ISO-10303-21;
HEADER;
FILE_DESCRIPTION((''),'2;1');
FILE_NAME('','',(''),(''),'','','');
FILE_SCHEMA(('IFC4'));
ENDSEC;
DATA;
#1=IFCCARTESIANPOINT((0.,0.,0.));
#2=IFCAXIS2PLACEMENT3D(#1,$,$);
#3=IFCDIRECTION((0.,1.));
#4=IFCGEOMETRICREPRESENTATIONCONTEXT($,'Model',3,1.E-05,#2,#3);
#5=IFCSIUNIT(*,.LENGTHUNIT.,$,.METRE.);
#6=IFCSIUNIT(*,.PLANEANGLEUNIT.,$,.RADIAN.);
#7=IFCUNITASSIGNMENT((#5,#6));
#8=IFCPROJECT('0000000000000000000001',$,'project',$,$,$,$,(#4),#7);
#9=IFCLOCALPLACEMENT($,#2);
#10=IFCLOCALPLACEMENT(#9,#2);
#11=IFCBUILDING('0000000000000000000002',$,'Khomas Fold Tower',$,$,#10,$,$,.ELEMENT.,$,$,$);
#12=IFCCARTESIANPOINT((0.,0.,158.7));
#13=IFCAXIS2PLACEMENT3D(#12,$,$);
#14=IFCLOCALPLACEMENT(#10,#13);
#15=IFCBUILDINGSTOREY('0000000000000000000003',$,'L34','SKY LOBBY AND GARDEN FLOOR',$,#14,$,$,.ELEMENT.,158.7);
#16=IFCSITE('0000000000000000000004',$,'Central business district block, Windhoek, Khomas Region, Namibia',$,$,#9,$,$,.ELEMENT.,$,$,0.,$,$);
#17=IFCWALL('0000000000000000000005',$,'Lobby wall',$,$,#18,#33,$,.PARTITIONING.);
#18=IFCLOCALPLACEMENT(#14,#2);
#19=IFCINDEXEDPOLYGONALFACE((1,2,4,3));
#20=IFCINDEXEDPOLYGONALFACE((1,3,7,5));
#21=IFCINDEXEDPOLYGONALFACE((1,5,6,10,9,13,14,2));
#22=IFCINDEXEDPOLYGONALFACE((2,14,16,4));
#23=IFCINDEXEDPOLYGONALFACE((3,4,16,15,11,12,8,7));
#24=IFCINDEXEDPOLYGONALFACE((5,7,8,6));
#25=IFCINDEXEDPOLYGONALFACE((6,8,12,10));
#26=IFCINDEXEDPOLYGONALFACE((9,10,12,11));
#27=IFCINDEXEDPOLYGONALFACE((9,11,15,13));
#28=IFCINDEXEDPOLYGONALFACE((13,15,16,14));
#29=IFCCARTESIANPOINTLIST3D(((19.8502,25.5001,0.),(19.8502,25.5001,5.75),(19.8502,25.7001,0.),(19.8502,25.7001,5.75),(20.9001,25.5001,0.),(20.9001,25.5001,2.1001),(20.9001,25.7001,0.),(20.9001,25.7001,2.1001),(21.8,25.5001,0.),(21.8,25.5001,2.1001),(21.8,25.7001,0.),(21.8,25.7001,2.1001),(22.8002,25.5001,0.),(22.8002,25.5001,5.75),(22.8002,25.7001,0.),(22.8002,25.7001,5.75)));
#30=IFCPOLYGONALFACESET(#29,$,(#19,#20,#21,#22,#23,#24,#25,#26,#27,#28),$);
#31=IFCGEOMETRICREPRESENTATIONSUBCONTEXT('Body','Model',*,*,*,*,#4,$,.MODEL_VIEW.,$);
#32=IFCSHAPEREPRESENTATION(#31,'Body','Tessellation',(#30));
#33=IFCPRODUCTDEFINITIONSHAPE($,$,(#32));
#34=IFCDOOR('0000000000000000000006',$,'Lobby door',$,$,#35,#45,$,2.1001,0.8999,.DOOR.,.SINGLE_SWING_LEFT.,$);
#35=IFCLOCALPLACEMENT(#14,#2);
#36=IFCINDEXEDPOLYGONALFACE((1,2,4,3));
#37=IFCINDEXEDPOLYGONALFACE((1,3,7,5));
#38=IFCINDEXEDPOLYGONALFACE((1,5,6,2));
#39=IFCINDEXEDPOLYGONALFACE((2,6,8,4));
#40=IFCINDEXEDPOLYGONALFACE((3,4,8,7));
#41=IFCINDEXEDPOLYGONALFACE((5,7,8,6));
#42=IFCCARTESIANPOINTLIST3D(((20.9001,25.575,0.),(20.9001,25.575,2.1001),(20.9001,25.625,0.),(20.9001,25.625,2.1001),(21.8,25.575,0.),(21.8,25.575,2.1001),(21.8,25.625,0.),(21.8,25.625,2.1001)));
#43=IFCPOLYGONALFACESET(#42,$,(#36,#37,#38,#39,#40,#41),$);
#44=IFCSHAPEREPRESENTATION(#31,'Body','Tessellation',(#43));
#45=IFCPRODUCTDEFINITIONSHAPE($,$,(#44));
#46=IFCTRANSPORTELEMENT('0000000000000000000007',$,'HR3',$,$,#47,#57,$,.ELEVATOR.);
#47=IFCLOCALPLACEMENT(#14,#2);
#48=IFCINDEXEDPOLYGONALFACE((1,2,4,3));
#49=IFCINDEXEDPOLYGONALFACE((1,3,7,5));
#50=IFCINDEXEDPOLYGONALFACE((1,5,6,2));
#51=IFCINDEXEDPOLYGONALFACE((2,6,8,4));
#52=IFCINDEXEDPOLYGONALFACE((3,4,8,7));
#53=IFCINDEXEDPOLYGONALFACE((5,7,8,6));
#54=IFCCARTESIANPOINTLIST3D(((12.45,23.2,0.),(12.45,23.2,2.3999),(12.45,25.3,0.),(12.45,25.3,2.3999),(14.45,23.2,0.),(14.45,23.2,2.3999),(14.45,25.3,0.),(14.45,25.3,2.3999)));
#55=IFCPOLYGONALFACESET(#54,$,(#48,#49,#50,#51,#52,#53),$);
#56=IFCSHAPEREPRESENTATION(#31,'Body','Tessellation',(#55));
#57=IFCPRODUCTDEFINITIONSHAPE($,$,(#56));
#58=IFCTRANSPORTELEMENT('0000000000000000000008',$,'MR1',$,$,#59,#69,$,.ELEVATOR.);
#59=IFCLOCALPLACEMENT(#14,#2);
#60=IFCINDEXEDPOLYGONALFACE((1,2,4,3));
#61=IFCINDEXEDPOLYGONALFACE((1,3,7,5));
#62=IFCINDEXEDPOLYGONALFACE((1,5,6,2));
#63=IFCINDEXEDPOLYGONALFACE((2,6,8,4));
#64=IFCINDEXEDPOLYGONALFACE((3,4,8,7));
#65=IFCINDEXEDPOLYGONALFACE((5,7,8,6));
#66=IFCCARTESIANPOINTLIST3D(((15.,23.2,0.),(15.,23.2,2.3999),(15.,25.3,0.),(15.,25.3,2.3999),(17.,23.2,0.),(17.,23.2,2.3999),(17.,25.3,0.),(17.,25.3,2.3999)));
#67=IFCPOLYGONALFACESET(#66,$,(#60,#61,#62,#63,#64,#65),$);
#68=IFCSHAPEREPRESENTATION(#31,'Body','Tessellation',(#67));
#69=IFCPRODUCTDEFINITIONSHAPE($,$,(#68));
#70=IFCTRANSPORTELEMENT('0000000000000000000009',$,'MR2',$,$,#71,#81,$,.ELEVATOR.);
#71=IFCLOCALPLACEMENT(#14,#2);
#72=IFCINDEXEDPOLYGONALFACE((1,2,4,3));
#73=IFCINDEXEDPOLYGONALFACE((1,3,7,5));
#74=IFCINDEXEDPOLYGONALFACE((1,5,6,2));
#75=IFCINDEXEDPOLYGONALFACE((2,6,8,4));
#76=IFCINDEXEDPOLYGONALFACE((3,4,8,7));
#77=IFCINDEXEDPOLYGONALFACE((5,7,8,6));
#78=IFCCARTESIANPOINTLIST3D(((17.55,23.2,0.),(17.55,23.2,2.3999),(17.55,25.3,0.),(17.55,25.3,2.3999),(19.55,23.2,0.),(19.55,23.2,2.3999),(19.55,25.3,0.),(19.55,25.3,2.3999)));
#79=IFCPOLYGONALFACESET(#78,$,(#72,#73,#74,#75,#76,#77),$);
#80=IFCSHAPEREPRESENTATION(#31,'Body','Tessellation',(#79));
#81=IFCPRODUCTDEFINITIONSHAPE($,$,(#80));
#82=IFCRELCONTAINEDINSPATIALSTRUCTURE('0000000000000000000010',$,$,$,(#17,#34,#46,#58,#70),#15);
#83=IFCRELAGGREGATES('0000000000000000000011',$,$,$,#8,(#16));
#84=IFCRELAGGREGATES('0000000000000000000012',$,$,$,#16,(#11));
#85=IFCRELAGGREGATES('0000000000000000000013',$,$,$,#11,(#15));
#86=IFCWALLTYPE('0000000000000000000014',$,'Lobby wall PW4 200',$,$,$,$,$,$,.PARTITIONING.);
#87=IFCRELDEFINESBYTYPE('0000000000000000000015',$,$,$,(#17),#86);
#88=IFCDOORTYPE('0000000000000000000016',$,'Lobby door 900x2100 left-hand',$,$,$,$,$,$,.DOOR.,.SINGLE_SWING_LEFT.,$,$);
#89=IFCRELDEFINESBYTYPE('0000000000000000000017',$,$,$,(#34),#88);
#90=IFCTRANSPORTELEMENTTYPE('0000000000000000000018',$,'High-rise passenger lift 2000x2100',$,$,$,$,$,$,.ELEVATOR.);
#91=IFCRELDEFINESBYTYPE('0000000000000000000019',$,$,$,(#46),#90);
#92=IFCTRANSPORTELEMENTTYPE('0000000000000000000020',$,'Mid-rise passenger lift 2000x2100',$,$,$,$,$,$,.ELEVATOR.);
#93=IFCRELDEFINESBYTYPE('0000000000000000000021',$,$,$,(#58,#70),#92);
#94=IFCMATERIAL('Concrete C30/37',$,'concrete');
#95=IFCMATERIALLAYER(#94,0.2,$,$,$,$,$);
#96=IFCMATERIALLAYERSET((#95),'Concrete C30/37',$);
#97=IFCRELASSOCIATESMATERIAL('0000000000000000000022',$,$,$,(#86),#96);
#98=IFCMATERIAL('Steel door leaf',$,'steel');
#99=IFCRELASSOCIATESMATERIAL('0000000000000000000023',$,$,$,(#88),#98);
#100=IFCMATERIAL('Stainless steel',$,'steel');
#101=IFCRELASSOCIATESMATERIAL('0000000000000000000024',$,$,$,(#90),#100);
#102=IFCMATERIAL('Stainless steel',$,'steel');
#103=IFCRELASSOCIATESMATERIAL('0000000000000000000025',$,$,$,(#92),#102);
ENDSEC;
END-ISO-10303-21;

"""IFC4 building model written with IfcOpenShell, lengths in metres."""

from ifc_helpers import new_model, si_unit, direction, frame, frame_2d, origin, origin_2d, place, context, subcontext, project, spatial, rectangle, extrude, source, transform, mapped, material, layer, layer_set, type_object, element, fill, save


model = new_model("IFC4")

# Units and contexts
model_context = context("Model", 3, precision=1e-05, world=origin(), true_north=direction((0.0, 1.0)))
body_context = subcontext(model_context, "Body", "Model", "MODEL_VIEW")
ifc_project = project(units=[si_unit("LENGTHUNIT", "METRE"), si_unit("PLANEANGLEUNIT", "RADIAN")], contexts=[model_context])

# Site, building, storey
site_placement = place(None, origin())
site = spatial("IfcSite", under=ifc_project, at=site_placement, Name="Central business district block, Windhoek, Khomas Region, Namibia", CompositionType="ELEMENT", RefElevation=0.0)
building_placement = place(site_placement, origin())
building = spatial("IfcBuilding", under=site, at=building_placement, Name="Khomas Fold Tower", CompositionType="ELEMENT")
storey_placement = place(building_placement, frame((0.0, 0.0, 158.7)))
storey = spatial("IfcBuildingStorey", under=building, at=storey_placement, Name="L34", Description="SKY LOBBY AND GARDEN FLOOR", CompositionType="ELEMENT", Elevation=158.7)

# Wall, opening, door
ifc_material_1 = material(Name="Concrete C30/37", Category="concrete")
ifc_layer_1 = layer(ifc_material_1, 0.2)
ifc_layer_set_1 = layer_set([ifc_layer_1], Name="Concrete C30/37")
wall_type_1 = type_object("IfcWallType", Name="Lobby wall PW4 200", PredefinedType="PARTITIONING", material=ifc_layer_set_1)
shared_shape_1 = source(origin(), body_context, "Body", "SweptSolid", [
    extrude(rectangle(XDim=2.95, YDim=0.2, at=frame_2d((1.4751, 0.0))), origin(), (0.0, 0.0, 1.0), 5.75),
])
wall_1_placement = place(storey_placement, frame((19.8501, 25.6001, 0.0), z_axis=(0.0, 0.0, 1.0), x_axis=(1.0, 0.0, 0.0)))
wall_1 = element("IfcWall", 1, at=wall_1_placement, inside=storey, type_object=wall_type_1, Name="Lobby wall", PredefinedType="PARTITIONING", context=body_context, shape_type="MappedRepresentation", body=[
    mapped(shared_shape_1, transform((0.0, 0.0, 0.0))),
])
shared_shape_2 = source(origin(), body_context, "Body", "SweptSolid", [
    extrude(rectangle(XDim=0.8999, YDim=2.1001, at=frame_2d((0.45, 1.05))), frame((0.0, 0.1099, 0.0), z_axis=(0.0, -1.0, 0.0), x_axis=(1.0, 0.0, 0.0)), (0.0, 0.0, 1.0), 0.22),
])
opening_1_placement = place(wall_1_placement, frame((1.05, 0.0, 0.0)))
opening_1 = element("IfcOpeningElement", 2, at=opening_1_placement, cuts=wall_1, PredefinedType="OPENING", context=body_context, shape_type="MappedRepresentation", body=[
    mapped(shared_shape_2, transform((0.0, 0.0, 0.0))),
])
ifc_material_2 = material(Name="Steel door leaf", Category="steel")
door_type_1 = type_object("IfcDoorType", Name="Lobby door 900x2100 left-hand", OperationType="SINGLE_SWING_LEFT", PredefinedType="DOOR", material=ifc_material_2)
shared_shape_3 = source(origin(), body_context, "Body", "SweptSolid", [
    extrude(rectangle(XDim=0.8999, YDim=2.1001, at=frame_2d((0.45, 1.05))), frame((0.0, 0.0249, 0.0), z_axis=(0.0, -1.0, 0.0), x_axis=(1.0, 0.0, 0.0)), (0.0, 0.0, 1.0), 0.05),
])
door_1_placement = place(opening_1_placement, origin())
door_1 = element("IfcDoor", 3, at=door_1_placement, inside=storey, type_object=door_type_1, Name="Lobby door", OperationType="SINGLE_SWING_LEFT", OverallHeight=2.1001, OverallWidth=0.8999, PredefinedType="DOOR", context=body_context, shape_type="MappedRepresentation", body=[
    mapped(shared_shape_3, transform((0.0, 0.0, 0.0))),
])
fill(opening_1, door_1)

# Transport elements
ifc_material_3 = material(Name="Stainless steel", Category="steel")
transport_element_type_1 = type_object("IfcTransportElementType", Name="High-rise passenger lift 2000x2100", PredefinedType="ELEVATOR", material=ifc_material_3)
shared_shape_4 = source(origin(), body_context, "Body", "SweptSolid", [
    extrude(rectangle(XDim=2.0, YDim=2.1001, at=origin_2d()), origin(), (0.0, 0.0, 1.0), 2.3999),
])
transport_element_placement = place(storey_placement, frame((13.45, 24.25, 0.0), z_axis=(0.0, 0.0, 1.0), x_axis=(1.0, 0.0, 0.0)))
element("IfcTransportElement", 4, at=transport_element_placement, inside=storey, type_object=transport_element_type_1, Name="HR3", PredefinedType="ELEVATOR", context=body_context, shape_type="MappedRepresentation", body=[
    mapped(shared_shape_4, transform((0.0, 0.0, 0.0))),
])
ifc_material_4 = material(Name="Stainless steel", Category="steel")
transport_element_type_2 = type_object("IfcTransportElementType", Name="Mid-rise passenger lift 2000x2100", PredefinedType="ELEVATOR", material=ifc_material_4)
for number, where, z_axis, x_axis, name in (
    (5, (16.0, 24.25, 0.0), (0.0, 0.0, 1.0), (1.0, 0.0, 0.0), "MR1"),
    (6, (18.55, 24.25, 0.0), (0.0, 0.0, 1.0), (1.0, 0.0, 0.0), "MR2"),
):
    element("IfcTransportElement", number, at=place(storey_placement, frame(where, z_axis=z_axis, x_axis=x_axis)), inside=storey, type_object=transport_element_type_2, Name=name, PredefinedType="ELEVATOR", context=body_context, shape_type="MappedRepresentation", body=[
        mapped(shared_shape_4, transform((0.0, 0.0, 0.0))),
    ])

save(model, "model.ifc")
